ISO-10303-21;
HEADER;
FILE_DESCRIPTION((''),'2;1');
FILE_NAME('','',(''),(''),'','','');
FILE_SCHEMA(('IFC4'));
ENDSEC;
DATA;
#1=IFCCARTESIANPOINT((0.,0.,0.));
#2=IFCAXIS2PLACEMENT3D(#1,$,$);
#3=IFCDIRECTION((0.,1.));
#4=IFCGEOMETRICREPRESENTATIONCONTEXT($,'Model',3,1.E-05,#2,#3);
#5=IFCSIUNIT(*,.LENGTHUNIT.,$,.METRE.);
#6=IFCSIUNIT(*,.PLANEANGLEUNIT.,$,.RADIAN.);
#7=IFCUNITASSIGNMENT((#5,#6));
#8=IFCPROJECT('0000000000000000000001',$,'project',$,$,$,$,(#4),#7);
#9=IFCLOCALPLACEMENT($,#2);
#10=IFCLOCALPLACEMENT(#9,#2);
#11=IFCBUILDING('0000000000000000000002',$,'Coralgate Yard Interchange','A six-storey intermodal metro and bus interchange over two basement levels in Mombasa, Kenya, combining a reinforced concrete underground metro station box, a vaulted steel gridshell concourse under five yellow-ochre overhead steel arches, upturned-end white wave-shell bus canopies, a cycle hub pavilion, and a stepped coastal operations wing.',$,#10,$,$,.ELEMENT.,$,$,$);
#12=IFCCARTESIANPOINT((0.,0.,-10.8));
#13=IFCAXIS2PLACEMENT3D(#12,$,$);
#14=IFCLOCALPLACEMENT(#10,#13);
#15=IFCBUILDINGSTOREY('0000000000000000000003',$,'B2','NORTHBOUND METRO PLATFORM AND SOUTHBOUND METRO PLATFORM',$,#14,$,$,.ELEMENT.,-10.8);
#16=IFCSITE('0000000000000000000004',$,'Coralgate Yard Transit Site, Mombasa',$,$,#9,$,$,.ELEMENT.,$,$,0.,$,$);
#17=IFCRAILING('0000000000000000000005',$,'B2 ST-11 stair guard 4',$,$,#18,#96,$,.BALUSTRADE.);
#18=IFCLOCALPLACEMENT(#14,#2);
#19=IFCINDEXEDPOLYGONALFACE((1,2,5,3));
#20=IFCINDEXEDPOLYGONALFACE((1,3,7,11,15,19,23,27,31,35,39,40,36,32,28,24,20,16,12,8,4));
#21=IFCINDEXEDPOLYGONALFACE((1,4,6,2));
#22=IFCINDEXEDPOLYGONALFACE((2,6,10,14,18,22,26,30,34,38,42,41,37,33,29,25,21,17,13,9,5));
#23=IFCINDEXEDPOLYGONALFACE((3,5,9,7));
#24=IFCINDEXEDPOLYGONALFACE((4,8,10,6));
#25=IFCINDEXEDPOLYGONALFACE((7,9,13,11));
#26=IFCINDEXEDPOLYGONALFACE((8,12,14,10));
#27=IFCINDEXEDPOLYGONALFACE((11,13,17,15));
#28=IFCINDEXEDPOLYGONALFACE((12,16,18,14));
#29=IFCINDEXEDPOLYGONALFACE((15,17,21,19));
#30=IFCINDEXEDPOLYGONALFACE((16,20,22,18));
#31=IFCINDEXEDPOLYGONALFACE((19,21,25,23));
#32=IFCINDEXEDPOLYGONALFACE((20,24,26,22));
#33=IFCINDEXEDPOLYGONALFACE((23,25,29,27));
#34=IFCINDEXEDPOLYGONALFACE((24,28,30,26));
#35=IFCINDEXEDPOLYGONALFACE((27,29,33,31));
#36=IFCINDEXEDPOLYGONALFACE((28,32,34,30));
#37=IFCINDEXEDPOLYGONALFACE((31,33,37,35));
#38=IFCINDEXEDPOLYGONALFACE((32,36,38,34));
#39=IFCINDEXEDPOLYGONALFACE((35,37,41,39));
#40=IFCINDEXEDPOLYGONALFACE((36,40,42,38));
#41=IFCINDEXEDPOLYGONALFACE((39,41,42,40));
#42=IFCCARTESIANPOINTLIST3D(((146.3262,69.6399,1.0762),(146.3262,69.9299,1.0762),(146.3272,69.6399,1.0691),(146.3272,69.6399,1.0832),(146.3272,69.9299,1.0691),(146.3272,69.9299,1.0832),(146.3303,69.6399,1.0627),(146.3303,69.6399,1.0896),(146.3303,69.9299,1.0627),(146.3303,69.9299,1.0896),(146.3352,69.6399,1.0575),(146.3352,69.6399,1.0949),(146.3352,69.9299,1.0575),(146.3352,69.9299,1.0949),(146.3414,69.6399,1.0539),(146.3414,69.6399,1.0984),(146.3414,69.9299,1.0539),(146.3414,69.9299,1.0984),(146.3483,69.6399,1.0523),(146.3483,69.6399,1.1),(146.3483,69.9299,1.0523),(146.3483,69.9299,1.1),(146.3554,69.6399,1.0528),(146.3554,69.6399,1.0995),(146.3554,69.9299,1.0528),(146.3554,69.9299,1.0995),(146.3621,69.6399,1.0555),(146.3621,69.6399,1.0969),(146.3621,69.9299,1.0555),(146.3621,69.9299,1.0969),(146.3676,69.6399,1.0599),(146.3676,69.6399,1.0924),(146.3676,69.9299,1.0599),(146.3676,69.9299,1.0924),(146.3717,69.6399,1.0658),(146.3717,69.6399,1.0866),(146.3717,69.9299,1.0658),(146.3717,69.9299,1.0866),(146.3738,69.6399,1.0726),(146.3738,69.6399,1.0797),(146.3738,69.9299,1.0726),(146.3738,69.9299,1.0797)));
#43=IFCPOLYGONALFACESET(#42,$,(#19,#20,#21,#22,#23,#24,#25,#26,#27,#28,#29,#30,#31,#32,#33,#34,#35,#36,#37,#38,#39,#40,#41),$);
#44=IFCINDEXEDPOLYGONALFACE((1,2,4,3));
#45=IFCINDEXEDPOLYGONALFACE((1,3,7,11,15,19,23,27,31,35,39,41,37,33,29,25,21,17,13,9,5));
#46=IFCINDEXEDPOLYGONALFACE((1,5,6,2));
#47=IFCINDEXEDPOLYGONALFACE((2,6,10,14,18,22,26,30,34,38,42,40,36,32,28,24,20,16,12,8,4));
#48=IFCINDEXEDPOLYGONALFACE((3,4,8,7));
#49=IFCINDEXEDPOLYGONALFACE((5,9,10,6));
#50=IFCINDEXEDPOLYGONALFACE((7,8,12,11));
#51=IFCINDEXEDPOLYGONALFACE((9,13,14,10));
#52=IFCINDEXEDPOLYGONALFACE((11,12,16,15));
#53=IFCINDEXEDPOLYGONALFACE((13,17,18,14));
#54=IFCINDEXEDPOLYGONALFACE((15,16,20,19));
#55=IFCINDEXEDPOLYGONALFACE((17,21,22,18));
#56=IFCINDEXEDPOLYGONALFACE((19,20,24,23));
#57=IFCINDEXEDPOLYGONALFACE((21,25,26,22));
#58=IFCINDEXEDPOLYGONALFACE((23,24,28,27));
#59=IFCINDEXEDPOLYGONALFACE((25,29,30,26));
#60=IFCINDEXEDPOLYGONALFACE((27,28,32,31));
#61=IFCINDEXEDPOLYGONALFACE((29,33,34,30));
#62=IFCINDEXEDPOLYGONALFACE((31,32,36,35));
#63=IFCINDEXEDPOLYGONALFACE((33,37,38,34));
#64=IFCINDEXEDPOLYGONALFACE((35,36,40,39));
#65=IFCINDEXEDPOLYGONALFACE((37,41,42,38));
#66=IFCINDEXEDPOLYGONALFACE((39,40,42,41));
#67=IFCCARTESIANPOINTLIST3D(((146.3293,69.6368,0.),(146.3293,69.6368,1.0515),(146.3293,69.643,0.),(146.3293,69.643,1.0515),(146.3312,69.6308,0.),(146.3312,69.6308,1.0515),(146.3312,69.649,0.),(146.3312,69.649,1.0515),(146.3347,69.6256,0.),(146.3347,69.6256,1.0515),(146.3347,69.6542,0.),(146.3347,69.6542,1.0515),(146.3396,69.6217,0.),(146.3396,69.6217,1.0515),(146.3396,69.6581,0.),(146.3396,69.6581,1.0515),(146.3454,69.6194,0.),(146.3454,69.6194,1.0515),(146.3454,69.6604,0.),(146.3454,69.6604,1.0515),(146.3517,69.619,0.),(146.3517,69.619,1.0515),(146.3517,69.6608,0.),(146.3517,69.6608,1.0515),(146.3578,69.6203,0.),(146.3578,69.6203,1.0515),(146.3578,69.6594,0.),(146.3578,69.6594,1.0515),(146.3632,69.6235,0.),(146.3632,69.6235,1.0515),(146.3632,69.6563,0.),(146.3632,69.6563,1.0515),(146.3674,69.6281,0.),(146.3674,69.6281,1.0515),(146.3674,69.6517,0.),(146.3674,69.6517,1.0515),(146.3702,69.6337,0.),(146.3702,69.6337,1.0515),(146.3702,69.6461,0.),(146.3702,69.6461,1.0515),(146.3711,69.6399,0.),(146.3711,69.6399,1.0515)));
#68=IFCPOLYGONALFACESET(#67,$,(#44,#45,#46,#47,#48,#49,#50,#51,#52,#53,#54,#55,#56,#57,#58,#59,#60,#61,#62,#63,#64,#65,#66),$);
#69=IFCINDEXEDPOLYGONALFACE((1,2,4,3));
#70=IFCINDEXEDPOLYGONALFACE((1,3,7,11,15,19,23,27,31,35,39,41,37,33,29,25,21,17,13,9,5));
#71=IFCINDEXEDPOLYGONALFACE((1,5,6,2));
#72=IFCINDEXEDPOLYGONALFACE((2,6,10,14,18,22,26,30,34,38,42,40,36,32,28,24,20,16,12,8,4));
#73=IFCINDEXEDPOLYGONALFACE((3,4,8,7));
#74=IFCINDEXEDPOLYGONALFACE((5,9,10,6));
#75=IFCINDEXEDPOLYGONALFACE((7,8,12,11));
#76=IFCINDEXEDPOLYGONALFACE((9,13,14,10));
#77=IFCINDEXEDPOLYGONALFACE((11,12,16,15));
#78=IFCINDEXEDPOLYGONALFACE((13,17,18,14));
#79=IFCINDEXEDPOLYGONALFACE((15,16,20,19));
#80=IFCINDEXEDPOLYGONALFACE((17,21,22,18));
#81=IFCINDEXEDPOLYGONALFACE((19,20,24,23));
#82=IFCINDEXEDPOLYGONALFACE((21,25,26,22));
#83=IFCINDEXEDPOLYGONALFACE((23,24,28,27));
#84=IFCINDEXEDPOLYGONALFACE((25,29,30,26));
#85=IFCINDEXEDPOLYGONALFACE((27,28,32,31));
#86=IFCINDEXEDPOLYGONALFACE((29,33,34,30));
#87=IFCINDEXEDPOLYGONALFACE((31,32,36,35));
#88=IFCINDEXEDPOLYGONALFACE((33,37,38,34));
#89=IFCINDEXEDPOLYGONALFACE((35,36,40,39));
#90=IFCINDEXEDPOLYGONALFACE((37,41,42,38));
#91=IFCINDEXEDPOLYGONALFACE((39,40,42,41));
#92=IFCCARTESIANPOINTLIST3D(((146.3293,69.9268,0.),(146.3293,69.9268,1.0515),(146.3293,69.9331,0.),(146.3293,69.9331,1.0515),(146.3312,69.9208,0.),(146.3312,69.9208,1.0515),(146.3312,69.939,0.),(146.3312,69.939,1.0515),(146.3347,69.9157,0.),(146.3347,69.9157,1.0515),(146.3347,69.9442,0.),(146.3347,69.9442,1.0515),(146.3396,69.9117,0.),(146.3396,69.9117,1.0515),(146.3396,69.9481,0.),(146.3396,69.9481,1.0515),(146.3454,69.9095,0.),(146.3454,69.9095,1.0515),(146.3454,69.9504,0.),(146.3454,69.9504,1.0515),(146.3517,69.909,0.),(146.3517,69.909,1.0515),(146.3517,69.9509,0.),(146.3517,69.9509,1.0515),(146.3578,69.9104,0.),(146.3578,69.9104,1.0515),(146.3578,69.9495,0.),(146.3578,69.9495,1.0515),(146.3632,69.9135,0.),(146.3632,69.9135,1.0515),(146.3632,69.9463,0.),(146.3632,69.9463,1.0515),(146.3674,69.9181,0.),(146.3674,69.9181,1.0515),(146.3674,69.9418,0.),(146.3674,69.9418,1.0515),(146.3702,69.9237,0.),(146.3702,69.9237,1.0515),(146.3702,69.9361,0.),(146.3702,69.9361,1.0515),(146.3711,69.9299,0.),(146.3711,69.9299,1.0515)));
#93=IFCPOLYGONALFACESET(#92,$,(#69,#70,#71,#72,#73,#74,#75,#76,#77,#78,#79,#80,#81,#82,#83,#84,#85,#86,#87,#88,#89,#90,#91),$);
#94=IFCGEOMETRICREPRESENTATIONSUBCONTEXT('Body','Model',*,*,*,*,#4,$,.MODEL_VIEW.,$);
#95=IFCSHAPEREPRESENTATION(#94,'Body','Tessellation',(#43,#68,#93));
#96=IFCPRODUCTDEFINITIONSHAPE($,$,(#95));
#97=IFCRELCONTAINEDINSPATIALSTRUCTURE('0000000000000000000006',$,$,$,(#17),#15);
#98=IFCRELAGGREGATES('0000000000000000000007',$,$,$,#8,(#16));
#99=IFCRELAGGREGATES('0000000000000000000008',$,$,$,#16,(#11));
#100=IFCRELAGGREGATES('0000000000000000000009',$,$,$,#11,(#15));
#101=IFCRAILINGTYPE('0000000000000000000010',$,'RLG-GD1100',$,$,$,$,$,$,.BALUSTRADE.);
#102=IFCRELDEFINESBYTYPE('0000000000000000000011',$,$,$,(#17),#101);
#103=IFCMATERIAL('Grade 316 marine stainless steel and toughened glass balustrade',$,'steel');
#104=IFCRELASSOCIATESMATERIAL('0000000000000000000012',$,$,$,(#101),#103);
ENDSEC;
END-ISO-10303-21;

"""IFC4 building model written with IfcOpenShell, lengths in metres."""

from ifc_helpers import new_model, si_unit, direction, frame, origin, origin_2d, place, context, subcontext, project, spatial, circle, extrude, material, type_object, element, save


model = new_model("IFC4")

# Units and contexts
model_context = context("Model", 3, precision=1e-05, world=origin(), true_north=direction((0.0, 1.0)))
body_context = subcontext(model_context, "Body", "Model", "MODEL_VIEW")
ifc_project = project(units=[si_unit("LENGTHUNIT", "METRE"), si_unit("PLANEANGLEUNIT", "RADIAN")], contexts=[model_context])

# Site, building, storey
site_placement = place(None, origin())
site = spatial("IfcSite", under=ifc_project, at=site_placement, Name="Coralgate Yard Transit Site, Mombasa", CompositionType="ELEMENT", RefElevation=0.0)
building_placement = place(site_placement, origin())
building = spatial("IfcBuilding", under=site, at=building_placement, Name="Coralgate Yard Interchange", Description="A six-storey intermodal metro and bus interchange over two basement levels in Mombasa, Kenya, combining a reinforced concrete underground metro station box, a vaulted steel gridshell concourse under five yellow-ochre overhead steel arches, upturned-end white wave-shell bus canopies, a cycle hub pavilion, and a stepped coastal operations wing.", CompositionType="ELEMENT")
storey_placement = place(building_placement, frame((0.0, 0.0, -10.8)))
storey = spatial("IfcBuildingStorey", under=building, at=storey_placement, Name="B2", Description="NORTHBOUND METRO PLATFORM AND SOUTHBOUND METRO PLATFORM", CompositionType="ELEMENT", Elevation=-10.8)

# Railing
ifc_material_1 = material(Name="Grade 316 marine stainless steel and toughened glass balustrade", Category="steel")
railing_type_1 = type_object("IfcRailingType", Name="RLG-GD1100", PredefinedType="BALUSTRADE", material=ifc_material_1)
railing_1_placement = place(storey_placement, frame((146.3501, 69.6399, 0.0)))
element("IfcRailing", 1, at=railing_1_placement, inside=storey, type_object=railing_type_1, Name="B2 ST-11 stair guard 4", PredefinedType="BALUSTRADE", context=body_context, shape_type="SweptSolid", body=[
    extrude(circle(Radius=0.0239, at=origin_2d()), frame((0.0, 0.0, 1.0762), z_axis=(0.0, 1.0, 0.0), x_axis=(-1.0, 0.0, 0.0)), (0.0, 0.0, 1.0), 0.29),
    extrude(circle(Radius=0.021, at=origin_2d()), origin(), (0.0, 0.0, 1.0), 1.0515),
    extrude(circle(Radius=0.021, at=origin_2d()), frame((0.0, 0.29, 0.0)), (0.0, 0.0, 1.0), 1.0515),
])

save(model, "model.ifc")
